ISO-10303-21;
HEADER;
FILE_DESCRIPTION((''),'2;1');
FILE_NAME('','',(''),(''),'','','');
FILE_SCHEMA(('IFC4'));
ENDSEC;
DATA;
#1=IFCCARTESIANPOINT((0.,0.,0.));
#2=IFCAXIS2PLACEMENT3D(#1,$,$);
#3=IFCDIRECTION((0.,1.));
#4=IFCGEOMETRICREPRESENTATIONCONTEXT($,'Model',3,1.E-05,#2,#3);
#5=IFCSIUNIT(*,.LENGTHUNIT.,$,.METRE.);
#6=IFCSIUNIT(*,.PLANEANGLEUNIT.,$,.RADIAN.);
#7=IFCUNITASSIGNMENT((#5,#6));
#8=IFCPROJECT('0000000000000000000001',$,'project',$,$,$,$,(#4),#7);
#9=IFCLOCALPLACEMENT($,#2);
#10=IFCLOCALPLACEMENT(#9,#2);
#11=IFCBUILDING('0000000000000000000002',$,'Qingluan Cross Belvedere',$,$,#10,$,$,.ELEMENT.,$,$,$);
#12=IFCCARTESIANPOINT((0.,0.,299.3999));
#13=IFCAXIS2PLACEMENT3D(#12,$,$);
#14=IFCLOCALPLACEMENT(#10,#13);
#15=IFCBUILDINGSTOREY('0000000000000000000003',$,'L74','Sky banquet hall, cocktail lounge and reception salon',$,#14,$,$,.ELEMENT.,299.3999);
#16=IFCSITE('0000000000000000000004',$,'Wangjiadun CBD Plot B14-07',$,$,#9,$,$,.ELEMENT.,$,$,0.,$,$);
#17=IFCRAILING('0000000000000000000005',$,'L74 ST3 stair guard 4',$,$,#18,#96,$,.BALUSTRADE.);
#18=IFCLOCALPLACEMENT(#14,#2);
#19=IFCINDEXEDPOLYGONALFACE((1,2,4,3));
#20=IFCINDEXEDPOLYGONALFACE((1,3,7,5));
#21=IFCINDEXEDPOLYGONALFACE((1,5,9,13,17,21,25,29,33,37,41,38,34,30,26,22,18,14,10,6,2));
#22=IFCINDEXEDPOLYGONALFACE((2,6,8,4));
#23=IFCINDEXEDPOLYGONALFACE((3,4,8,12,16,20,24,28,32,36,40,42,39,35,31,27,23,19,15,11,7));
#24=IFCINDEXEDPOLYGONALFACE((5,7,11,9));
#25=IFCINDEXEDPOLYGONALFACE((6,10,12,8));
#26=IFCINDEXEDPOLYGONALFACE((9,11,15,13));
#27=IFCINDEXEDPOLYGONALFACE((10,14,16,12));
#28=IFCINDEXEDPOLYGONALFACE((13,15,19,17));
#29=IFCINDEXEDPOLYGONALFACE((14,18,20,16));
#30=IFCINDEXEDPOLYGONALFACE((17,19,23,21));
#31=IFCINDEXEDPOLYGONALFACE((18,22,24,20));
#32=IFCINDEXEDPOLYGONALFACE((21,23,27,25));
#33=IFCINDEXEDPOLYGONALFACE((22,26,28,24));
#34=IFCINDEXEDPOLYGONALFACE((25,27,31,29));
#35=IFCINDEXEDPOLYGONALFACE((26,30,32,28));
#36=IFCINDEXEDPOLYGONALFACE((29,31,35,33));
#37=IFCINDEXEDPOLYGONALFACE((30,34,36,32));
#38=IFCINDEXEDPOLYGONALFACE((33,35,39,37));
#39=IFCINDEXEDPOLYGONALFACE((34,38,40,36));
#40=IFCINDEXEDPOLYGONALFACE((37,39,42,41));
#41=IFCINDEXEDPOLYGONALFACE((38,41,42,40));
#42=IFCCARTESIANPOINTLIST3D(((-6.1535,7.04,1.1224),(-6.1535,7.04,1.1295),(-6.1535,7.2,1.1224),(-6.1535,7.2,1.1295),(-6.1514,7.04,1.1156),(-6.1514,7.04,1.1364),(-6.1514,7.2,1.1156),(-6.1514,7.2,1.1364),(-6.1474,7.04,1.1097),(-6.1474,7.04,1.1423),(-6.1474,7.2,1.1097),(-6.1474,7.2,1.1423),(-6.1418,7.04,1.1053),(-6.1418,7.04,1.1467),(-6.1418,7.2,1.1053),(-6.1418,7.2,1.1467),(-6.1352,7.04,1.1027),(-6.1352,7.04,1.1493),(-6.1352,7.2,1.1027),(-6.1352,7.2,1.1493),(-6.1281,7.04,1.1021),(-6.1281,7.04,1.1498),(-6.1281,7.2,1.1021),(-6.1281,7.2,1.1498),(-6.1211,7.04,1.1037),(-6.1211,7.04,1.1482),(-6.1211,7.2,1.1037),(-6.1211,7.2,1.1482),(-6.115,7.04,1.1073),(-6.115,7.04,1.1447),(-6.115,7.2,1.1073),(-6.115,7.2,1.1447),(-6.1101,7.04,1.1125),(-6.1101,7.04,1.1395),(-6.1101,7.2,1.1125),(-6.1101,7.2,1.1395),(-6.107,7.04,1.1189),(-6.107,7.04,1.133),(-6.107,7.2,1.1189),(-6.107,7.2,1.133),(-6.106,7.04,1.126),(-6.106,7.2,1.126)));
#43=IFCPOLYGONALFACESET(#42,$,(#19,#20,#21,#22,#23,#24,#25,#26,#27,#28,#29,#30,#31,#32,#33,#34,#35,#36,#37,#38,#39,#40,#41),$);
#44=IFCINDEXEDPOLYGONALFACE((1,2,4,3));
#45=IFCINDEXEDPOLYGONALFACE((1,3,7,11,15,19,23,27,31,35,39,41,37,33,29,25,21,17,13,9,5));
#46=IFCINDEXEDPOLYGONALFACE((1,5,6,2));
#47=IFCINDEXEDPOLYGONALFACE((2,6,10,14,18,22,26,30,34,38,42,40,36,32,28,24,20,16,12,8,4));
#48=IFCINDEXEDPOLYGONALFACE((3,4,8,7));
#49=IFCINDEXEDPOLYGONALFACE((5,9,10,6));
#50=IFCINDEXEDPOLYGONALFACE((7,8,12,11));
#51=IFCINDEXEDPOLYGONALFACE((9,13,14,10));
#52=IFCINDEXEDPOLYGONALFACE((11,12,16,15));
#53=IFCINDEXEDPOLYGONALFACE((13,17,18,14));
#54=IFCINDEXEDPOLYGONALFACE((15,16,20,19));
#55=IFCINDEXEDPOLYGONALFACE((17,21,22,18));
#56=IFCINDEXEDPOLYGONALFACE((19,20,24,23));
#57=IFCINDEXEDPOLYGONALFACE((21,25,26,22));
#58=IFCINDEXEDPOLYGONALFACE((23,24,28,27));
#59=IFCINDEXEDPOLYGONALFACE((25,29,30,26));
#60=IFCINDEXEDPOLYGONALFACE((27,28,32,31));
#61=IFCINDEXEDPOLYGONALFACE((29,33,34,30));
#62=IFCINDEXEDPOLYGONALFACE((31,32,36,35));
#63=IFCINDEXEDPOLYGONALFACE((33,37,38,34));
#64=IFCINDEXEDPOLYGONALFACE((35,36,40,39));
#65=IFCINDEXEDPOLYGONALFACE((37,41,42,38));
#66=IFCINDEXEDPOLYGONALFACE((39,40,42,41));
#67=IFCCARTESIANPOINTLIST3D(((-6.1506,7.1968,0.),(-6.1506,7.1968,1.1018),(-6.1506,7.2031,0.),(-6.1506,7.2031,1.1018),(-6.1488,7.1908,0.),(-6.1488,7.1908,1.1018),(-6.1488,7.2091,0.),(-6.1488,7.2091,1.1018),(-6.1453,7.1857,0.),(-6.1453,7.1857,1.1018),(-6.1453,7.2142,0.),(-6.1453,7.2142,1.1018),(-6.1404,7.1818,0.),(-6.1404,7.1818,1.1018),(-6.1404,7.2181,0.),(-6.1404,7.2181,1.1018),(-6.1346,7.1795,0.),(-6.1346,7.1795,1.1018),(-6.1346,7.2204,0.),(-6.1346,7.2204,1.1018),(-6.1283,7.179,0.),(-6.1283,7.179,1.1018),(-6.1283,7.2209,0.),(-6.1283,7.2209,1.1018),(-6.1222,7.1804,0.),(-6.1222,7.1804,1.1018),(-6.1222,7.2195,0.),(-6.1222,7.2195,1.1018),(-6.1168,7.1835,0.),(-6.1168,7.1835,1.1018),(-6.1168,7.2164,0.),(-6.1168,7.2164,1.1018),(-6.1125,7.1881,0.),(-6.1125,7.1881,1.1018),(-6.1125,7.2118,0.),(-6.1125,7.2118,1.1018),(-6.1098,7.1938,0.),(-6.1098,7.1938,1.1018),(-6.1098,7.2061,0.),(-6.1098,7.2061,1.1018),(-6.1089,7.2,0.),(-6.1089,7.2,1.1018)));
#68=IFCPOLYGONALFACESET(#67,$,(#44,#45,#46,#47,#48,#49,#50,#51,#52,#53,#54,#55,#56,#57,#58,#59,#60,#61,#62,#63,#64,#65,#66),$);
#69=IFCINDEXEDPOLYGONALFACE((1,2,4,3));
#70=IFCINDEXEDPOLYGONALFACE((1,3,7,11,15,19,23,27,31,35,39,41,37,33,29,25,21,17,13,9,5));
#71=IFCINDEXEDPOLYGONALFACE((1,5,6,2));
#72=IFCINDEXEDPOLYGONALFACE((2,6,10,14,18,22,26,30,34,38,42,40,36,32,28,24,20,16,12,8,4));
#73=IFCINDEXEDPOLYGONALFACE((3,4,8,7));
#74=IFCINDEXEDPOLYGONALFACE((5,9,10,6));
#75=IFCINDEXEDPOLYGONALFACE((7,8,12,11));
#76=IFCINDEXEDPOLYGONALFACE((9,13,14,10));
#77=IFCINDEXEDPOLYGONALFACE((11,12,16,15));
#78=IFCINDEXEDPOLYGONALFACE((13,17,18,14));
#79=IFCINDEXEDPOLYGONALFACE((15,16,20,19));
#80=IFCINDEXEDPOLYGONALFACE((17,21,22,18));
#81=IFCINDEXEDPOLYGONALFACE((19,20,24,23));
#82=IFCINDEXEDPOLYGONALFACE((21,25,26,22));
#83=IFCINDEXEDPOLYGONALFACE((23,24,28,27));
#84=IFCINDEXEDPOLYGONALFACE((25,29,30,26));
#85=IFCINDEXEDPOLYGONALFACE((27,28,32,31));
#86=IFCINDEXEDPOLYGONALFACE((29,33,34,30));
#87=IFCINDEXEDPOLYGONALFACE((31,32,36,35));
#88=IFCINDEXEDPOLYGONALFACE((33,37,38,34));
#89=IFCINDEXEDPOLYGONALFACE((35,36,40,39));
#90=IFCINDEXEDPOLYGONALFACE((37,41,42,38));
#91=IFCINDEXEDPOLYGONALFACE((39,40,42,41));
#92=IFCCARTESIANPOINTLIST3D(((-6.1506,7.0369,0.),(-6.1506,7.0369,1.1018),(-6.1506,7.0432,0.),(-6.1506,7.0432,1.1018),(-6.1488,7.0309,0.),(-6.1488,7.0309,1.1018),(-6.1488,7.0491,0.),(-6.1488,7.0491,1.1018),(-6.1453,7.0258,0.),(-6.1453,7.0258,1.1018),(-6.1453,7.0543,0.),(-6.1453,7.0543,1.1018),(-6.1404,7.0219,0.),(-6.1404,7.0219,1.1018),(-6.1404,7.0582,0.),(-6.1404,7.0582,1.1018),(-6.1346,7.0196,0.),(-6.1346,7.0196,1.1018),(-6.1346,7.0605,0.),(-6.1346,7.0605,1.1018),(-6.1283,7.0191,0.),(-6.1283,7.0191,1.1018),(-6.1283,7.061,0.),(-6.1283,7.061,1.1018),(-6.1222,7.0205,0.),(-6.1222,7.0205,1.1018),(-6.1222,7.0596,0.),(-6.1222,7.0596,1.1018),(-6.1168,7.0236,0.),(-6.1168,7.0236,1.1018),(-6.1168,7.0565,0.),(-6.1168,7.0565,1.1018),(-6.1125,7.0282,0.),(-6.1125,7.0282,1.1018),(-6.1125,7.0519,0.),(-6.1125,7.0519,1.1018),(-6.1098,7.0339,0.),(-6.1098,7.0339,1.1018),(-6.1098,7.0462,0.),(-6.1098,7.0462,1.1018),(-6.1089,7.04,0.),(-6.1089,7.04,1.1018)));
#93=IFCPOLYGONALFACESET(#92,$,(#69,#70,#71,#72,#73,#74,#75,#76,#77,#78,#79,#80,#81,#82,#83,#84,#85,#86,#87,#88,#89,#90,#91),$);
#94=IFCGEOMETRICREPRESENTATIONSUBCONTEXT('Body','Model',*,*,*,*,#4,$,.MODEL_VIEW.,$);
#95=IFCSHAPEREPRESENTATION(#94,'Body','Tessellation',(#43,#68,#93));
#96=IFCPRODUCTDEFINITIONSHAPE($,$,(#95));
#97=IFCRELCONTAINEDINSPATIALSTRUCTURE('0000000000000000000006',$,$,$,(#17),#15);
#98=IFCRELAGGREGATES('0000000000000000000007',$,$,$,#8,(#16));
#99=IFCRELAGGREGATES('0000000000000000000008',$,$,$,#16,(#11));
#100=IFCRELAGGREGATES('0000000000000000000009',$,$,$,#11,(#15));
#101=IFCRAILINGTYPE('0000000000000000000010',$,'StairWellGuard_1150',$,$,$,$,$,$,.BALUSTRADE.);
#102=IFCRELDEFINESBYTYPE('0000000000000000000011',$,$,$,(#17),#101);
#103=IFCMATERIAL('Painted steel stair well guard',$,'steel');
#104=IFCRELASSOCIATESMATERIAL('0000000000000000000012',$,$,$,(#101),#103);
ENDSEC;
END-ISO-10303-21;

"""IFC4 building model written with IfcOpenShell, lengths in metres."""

from ifc_helpers import new_model, si_unit, direction, frame, origin, origin_2d, place, context, subcontext, project, spatial, circle, extrude, material, type_object, element, save


model = new_model("IFC4")

# Units and contexts
model_context = context("Model", 3, precision=1e-05, world=origin(), true_north=direction((0.0, 1.0)))
body_context = subcontext(model_context, "Body", "Model", "MODEL_VIEW")
ifc_project = project(units=[si_unit("LENGTHUNIT", "METRE"), si_unit("PLANEANGLEUNIT", "RADIAN")], contexts=[model_context])

# Site, building, storey
site_placement = place(None, origin())
site = spatial("IfcSite", under=ifc_project, at=site_placement, Name="Wangjiadun CBD Plot B14-07", CompositionType="ELEMENT", RefElevation=0.0)
building_placement = place(site_placement, origin())
building = spatial("IfcBuilding", under=site, at=building_placement, Name="Qingluan Cross Belvedere", CompositionType="ELEMENT")
storey_placement = place(building_placement, frame((0.0, 0.0, 299.3999)))
storey = spatial("IfcBuildingStorey", under=building, at=storey_placement, Name="L74", Description="Sky banquet hall, cocktail lounge and reception salon", CompositionType="ELEMENT", Elevation=299.3999)

# Railing
ifc_material_1 = material(Name="Painted steel stair well guard", Category="steel")
railing_type_1 = type_object("IfcRailingType", Name="StairWellGuard_1150", PredefinedType="BALUSTRADE", material=ifc_material_1)
railing_1_placement = place(storey_placement, frame((-6.1299, 7.2, 0.0)))
element("IfcRailing", 1, at=railing_1_placement, inside=storey, type_object=railing_type_1, Name="L74 ST3 stair guard 4", PredefinedType="BALUSTRADE", context=body_context, shape_type="SweptSolid", body=[
    extrude(circle(Radius=0.0239, at=origin_2d()), frame((0.0, 0.0, 1.126), z_axis=(0.0, -1.0, 0.0), x_axis=(1.0, 0.0, 0.0)), (0.0, 0.0, 1.0), 0.1599),
    extrude(circle(Radius=0.021, at=origin_2d()), origin(), (0.0, 0.0, 1.0), 1.1018),
    extrude(circle(Radius=0.021, at=origin_2d()), frame((0.0, -0.1599, 0.0)), (0.0, 0.0, 1.0), 1.1018),
])

save(model, "model.ifc")
